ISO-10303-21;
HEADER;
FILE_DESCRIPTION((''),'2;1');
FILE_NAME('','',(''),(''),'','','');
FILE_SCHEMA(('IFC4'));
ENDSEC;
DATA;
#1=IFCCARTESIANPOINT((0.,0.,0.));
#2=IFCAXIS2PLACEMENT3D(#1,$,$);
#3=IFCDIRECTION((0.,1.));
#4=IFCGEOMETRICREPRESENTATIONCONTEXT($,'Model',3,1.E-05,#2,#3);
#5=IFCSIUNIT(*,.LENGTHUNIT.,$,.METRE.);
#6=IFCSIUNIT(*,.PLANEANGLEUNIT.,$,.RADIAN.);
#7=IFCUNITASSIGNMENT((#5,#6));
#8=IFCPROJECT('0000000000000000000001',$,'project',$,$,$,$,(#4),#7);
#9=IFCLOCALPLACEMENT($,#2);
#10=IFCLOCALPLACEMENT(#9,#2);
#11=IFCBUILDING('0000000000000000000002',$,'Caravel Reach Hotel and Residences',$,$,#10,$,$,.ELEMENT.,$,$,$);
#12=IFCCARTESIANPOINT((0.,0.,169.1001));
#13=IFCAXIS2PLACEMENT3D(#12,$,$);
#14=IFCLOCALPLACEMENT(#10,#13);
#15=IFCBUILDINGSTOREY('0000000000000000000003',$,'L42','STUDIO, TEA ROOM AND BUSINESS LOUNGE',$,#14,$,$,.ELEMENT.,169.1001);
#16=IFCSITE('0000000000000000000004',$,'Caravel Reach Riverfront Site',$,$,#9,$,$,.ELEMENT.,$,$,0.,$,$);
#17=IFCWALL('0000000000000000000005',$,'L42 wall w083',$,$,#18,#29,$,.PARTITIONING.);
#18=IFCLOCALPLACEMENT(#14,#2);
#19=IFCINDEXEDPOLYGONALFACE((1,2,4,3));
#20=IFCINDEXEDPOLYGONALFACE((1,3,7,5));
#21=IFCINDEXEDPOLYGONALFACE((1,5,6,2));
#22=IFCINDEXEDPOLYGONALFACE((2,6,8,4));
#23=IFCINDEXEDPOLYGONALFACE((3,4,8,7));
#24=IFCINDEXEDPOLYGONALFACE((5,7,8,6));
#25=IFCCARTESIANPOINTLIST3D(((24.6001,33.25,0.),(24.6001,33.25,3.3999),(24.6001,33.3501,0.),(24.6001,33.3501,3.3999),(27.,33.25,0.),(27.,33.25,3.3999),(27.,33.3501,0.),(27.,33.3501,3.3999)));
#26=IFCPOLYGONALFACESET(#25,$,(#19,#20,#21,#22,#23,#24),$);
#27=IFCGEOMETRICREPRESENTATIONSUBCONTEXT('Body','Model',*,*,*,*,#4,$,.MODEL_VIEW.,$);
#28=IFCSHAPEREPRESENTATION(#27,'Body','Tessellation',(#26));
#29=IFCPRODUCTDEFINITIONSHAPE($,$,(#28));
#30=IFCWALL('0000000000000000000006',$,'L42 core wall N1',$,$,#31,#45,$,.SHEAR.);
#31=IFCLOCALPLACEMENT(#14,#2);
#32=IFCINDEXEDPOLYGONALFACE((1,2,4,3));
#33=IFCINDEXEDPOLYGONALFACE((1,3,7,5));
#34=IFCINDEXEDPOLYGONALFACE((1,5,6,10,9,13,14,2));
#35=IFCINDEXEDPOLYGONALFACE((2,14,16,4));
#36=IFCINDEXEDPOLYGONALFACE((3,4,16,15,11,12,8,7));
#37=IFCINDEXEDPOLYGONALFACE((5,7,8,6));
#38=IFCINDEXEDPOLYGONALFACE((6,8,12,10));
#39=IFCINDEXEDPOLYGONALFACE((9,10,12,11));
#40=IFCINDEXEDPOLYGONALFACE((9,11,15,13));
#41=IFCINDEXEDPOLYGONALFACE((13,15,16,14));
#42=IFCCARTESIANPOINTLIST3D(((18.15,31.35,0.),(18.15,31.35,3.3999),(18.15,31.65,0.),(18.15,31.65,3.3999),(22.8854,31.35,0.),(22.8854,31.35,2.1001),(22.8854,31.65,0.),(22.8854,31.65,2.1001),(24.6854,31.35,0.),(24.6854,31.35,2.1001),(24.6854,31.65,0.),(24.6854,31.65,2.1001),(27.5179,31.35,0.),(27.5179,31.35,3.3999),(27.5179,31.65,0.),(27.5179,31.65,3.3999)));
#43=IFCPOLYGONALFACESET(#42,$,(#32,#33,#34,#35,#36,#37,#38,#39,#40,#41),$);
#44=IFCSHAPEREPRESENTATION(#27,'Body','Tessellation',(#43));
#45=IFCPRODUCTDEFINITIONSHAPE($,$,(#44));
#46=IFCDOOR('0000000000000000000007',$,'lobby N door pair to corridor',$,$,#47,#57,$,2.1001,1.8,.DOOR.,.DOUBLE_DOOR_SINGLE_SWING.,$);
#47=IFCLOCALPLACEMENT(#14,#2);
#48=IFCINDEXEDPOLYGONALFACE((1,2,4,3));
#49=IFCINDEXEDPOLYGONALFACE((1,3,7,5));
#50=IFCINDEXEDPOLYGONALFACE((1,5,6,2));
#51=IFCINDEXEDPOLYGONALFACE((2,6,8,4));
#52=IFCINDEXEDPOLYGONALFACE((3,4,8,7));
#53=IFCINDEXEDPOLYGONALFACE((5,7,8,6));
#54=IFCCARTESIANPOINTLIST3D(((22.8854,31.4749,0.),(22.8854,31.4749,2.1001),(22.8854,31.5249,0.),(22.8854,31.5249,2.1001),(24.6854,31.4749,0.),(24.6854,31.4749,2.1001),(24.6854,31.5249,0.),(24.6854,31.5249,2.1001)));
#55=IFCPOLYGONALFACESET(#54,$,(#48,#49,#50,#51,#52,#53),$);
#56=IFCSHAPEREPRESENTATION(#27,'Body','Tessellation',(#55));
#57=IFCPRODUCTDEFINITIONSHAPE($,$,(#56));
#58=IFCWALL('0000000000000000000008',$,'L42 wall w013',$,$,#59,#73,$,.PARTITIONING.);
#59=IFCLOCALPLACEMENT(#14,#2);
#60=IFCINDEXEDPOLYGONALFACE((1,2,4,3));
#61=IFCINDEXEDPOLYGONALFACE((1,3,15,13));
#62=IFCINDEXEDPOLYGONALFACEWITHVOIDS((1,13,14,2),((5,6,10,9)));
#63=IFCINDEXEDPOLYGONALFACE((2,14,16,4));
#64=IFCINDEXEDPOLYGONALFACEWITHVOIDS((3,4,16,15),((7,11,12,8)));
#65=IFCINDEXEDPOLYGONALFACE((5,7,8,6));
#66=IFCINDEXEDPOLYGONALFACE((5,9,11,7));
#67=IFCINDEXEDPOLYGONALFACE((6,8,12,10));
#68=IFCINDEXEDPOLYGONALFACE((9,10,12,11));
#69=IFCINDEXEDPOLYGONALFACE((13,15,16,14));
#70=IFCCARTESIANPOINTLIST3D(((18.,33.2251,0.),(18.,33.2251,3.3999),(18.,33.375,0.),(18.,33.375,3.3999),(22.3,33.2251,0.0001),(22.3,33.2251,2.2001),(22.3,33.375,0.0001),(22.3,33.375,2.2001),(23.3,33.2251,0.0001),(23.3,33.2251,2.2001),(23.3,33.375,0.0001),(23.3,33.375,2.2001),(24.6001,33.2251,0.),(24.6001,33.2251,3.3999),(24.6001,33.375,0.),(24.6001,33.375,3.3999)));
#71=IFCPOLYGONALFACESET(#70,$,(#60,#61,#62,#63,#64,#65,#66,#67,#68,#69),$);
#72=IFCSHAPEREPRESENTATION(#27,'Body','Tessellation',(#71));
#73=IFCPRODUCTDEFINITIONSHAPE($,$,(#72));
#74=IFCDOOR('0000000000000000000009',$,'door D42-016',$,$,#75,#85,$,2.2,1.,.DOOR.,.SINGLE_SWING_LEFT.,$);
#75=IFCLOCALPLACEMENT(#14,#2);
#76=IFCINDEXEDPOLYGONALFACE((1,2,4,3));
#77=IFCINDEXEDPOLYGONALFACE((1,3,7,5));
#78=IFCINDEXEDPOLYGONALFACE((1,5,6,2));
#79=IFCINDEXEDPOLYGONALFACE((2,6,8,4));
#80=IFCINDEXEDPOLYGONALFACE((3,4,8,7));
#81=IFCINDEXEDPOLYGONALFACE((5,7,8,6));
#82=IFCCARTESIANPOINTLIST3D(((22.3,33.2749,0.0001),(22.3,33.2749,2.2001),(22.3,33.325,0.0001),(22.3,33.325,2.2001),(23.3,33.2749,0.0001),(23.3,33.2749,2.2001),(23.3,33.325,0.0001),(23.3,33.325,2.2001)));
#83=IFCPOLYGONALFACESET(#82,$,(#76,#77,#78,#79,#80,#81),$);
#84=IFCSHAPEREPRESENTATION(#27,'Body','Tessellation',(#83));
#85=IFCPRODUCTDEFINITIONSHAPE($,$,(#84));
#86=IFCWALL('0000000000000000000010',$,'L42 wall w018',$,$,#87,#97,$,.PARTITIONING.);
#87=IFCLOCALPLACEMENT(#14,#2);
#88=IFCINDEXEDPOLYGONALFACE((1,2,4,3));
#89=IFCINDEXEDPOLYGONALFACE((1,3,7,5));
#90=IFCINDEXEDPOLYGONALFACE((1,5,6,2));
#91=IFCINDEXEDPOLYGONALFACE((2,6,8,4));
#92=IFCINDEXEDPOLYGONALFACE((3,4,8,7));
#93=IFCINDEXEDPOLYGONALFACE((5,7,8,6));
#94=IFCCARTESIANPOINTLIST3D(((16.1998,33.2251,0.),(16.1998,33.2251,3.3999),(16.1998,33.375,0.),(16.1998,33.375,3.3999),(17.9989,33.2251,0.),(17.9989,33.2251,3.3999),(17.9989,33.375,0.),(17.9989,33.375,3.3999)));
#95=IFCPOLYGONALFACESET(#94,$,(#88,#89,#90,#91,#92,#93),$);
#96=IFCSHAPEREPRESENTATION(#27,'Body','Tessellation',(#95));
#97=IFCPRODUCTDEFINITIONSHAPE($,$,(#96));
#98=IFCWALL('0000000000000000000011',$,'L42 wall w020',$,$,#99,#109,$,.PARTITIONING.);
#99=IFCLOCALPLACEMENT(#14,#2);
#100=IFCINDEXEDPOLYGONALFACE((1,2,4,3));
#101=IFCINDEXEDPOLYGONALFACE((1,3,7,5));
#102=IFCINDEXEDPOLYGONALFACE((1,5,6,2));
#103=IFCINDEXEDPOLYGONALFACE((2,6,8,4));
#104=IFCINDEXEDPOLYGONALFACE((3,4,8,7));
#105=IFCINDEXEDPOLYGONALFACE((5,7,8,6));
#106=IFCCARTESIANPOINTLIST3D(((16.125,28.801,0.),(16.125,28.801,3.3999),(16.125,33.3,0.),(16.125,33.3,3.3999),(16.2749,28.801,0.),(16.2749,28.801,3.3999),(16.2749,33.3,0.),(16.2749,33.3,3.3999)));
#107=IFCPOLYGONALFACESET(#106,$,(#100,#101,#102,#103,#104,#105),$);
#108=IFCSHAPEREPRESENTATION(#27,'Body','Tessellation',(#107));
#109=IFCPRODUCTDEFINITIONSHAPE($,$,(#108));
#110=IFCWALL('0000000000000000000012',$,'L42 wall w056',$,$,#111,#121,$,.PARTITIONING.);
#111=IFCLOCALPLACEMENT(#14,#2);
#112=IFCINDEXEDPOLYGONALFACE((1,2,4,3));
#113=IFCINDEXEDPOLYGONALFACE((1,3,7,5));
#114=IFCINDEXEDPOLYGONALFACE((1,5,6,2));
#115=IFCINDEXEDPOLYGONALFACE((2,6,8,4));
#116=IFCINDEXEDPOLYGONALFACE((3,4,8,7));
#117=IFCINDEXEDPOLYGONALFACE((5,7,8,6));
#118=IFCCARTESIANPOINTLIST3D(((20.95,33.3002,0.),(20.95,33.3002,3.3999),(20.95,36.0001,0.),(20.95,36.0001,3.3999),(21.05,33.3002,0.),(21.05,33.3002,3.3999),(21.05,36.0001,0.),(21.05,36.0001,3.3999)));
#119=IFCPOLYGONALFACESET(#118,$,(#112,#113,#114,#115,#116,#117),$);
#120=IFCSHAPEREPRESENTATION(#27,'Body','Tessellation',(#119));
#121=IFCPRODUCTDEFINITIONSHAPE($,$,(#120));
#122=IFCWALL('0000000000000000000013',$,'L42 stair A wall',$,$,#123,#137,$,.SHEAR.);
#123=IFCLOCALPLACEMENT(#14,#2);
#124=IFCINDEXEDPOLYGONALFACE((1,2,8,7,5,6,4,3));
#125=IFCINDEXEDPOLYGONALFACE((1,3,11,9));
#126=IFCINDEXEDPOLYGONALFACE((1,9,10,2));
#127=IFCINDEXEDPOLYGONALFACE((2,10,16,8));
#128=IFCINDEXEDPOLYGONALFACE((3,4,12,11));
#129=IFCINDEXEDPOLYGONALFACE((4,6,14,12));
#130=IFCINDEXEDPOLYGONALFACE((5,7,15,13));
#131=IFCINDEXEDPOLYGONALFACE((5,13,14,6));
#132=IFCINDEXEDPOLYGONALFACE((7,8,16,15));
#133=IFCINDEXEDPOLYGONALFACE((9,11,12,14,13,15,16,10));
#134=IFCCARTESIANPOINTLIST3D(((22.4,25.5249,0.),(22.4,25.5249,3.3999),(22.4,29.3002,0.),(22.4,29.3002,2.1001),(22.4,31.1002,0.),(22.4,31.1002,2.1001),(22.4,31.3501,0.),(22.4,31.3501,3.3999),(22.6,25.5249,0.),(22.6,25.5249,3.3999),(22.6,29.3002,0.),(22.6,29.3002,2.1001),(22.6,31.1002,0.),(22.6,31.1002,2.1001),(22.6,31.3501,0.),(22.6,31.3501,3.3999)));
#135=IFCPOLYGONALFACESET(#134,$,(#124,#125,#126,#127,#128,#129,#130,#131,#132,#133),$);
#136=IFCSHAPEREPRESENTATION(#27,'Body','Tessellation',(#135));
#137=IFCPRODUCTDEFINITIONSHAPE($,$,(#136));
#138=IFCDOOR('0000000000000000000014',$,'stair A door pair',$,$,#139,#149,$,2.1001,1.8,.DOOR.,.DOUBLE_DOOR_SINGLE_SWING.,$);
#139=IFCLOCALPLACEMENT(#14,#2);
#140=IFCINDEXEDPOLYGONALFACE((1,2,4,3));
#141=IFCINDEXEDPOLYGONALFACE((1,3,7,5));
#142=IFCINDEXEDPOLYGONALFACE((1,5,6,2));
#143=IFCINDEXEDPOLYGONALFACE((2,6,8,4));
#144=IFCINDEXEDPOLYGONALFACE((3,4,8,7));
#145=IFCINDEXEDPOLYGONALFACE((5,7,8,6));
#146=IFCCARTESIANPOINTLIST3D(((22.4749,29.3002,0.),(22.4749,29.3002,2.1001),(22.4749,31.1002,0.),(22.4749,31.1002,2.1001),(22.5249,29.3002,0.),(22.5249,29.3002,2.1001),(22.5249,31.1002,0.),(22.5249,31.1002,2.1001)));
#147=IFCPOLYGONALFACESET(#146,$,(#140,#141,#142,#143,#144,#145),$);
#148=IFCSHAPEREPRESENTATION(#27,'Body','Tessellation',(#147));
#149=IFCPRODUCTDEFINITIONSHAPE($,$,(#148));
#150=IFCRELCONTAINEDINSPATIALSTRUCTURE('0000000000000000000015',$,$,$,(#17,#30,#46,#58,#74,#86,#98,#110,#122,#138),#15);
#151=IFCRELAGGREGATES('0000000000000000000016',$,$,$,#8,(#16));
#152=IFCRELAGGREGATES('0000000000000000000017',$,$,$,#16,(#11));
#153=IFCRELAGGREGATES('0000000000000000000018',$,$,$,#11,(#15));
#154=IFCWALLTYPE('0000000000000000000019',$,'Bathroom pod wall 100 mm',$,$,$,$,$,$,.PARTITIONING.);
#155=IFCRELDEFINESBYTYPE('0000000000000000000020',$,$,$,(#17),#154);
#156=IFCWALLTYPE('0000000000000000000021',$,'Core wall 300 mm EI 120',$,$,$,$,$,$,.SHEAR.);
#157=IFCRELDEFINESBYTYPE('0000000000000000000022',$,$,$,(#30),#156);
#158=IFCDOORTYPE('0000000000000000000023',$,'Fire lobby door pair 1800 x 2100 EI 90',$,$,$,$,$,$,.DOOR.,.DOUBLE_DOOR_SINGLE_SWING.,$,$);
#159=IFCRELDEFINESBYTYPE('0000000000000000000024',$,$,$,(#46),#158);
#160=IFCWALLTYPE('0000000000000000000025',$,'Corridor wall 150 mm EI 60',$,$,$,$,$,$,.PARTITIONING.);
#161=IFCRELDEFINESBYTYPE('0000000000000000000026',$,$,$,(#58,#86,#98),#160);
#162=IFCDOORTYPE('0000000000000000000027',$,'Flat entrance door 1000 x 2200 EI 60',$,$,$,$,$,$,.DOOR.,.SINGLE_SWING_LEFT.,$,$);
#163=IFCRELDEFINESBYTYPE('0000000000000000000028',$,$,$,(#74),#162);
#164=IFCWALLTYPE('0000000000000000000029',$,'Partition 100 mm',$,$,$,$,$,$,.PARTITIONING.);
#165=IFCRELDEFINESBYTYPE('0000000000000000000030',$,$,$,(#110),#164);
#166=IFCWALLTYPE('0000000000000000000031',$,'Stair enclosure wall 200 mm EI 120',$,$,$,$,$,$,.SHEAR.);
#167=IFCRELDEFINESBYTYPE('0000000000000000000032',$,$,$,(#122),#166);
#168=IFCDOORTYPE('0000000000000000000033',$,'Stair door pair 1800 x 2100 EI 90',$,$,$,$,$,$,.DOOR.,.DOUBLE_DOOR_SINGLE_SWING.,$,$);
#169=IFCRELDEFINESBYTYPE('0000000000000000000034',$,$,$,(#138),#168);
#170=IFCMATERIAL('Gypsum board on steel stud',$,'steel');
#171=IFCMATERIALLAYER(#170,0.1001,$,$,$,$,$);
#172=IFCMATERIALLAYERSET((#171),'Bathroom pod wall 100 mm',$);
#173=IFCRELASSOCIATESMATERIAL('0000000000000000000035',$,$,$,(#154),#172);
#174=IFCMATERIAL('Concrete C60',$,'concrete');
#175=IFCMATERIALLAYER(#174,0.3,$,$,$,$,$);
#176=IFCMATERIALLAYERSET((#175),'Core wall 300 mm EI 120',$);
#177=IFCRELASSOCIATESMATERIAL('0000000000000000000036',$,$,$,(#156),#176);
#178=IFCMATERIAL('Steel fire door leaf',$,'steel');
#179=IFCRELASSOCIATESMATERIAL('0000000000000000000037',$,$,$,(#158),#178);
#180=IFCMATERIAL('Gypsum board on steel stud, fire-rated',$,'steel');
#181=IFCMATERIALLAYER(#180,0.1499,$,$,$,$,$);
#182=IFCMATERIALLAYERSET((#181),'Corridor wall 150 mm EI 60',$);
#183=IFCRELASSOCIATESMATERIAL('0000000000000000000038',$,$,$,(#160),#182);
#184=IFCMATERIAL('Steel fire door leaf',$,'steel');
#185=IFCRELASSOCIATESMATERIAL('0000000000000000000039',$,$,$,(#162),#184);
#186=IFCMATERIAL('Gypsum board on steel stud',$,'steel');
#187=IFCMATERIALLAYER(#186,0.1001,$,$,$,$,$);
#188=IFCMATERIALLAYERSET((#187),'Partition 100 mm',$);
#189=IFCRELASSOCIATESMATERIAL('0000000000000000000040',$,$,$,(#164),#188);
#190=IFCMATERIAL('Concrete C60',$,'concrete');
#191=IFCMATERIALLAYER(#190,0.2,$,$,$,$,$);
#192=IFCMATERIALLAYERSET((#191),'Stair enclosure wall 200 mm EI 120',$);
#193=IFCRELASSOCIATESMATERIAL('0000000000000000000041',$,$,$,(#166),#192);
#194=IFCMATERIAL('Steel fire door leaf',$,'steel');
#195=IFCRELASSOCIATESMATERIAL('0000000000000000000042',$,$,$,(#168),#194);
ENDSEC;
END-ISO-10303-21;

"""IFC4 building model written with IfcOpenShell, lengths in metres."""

from ifc_helpers import new_model, si_unit, direction, frame, frame_2d, origin, place, context, subcontext, project, spatial, rectangle, extrude, material, layer, layer_set, type_object, element, fill, save


model = new_model("IFC4")

# Units and contexts
model_context = context("Model", 3, precision=1e-05, world=origin(), true_north=direction((0.0, 1.0)))
body_context = subcontext(model_context, "Body", "Model", "MODEL_VIEW")
ifc_project = project(units=[si_unit("LENGTHUNIT", "METRE"), si_unit("PLANEANGLEUNIT", "RADIAN")], contexts=[model_context])

# Site, building, storey
site_placement = place(None, origin())
site = spatial("IfcSite", under=ifc_project, at=site_placement, Name="Caravel Reach Riverfront Site", CompositionType="ELEMENT", RefElevation=0.0)
building_placement = place(site_placement, origin())
building = spatial("IfcBuilding", under=site, at=building_placement, Name="Caravel Reach Hotel and Residences", CompositionType="ELEMENT")
storey_placement = place(building_placement, frame((0.0, 0.0, 169.1001)))
storey = spatial("IfcBuildingStorey", under=building, at=storey_placement, Name="L42", Description="STUDIO, TEA ROOM AND BUSINESS LOUNGE", CompositionType="ELEMENT", Elevation=169.1001)

# Wall
ifc_material_1 = material(Name="Gypsum board on steel stud", Category="steel")
ifc_layer_1 = layer(ifc_material_1, 0.1001)
ifc_layer_set_1 = layer_set([ifc_layer_1], Name="Bathroom pod wall 100 mm")
wall_type_1 = type_object("IfcWallType", Name="Bathroom pod wall 100 mm", PredefinedType="PARTITIONING", material=ifc_layer_set_1)
wall_1_placement = place(storey_placement, frame((24.6001, 33.3, 0.0), z_axis=(0.0, 0.0, 1.0), x_axis=(1.0, 0.0, 0.0)))
element("IfcWall", 1, at=wall_1_placement, inside=storey, type_object=wall_type_1, Name="L42 wall w083", PredefinedType="PARTITIONING", context=body_context, shape_type="SweptSolid", body=[
    extrude(rectangle(XDim=2.3999, YDim=0.1001, at=frame_2d((1.2, 0.0))), origin(), (0.0, 0.0, 1.0), 3.3999),
])

# Walls, openings, doors
ifc_material_2 = material(Name="Concrete C60", Category="concrete")
ifc_layer_2 = layer(ifc_material_2, 0.3)
ifc_layer_set_2 = layer_set([ifc_layer_2], Name="Core wall 300 mm EI 120")
wall_type_2 = type_object("IfcWallType", Name="Core wall 300 mm EI 120", PredefinedType="SHEAR", material=ifc_layer_set_2)
wall_2_placement = place(storey_placement, frame((18.1499, 31.5, 0.0), z_axis=(0.0, 0.0, 1.0), x_axis=(1.0, 0.0, 0.0)))
wall_2 = element("IfcWall", 2, at=wall_2_placement, inside=storey, type_object=wall_type_2, Name="L42 core wall N1", PredefinedType="SHEAR", context=body_context, shape_type="SweptSolid", body=[
    extrude(rectangle(XDim=9.3679, YDim=0.3, at=frame_2d((4.6841, 0.0))), origin(), (0.0, 0.0, 1.0), 3.3999),
])
opening_1_placement = place(wall_2_placement, frame((4.7356, 0.0, 0.0)))
opening_1 = element("IfcOpeningElement", 3, at=opening_1_placement, cuts=wall_2, PredefinedType="OPENING", context=body_context, shape_type="SweptSolid", body=[
    extrude(rectangle(XDim=1.8, YDim=2.1001, at=frame_2d((0.8999, 1.05))), frame((0.0, 0.1599, 0.0), z_axis=(0.0, -1.0, 0.0), x_axis=(1.0, 0.0, 0.0)), (0.0, 0.0, 1.0), 0.3201),
])
ifc_material_3 = material(Name="Steel fire door leaf", Category="steel")
door_type_1 = type_object("IfcDoorType", Name="Fire lobby door pair 1800 x 2100 EI 90", OperationType="DOUBLE_DOOR_SINGLE_SWING", PredefinedType="DOOR", material=ifc_material_3)
door_1_placement = place(opening_1_placement, origin())
door_1 = element("IfcDoor", 4, at=door_1_placement, inside=storey, type_object=door_type_1, Name="lobby N door pair to corridor", OperationType="DOUBLE_DOOR_SINGLE_SWING", OverallHeight=2.1001, OverallWidth=1.8, PredefinedType="DOOR", context=body_context, shape_type="SweptSolid", body=[
    extrude(rectangle(XDim=1.8, YDim=2.1001, at=frame_2d((0.8999, 1.05))), frame((0.0, 0.0249, 0.0), z_axis=(0.0, -1.0, 0.0), x_axis=(1.0, 0.0, 0.0)), (0.0, 0.0, 1.0), 0.05),
])
fill(opening_1, door_1)
ifc_material_4 = material(Name="Gypsum board on steel stud, fire-rated", Category="steel")
ifc_layer_3 = layer(ifc_material_4, 0.1499)
ifc_layer_set_3 = layer_set([ifc_layer_3], Name="Corridor wall 150 mm EI 60")
wall_type_3 = type_object("IfcWallType", Name="Corridor wall 150 mm EI 60", PredefinedType="PARTITIONING", material=ifc_layer_set_3)
wall_3_placement = place(storey_placement, frame((18.0, 33.3, 0.0), z_axis=(0.0, 0.0, 1.0), x_axis=(1.0, 0.0, 0.0)))
wall_3 = element("IfcWall", 5, at=wall_3_placement, inside=storey, type_object=wall_type_3, Name="L42 wall w013", PredefinedType="PARTITIONING", context=body_context, shape_type="SweptSolid", body=[
    extrude(rectangle(XDim=6.6001, YDim=0.1499, at=frame_2d((3.3, 0.0))), origin(), (0.0, 0.0, 1.0), 3.3999),
])
opening_2_placement = place(wall_3_placement, frame((4.3, 0.0, 0.0)))
opening_2 = element("IfcOpeningElement", 6, at=opening_2_placement, cuts=wall_3, PredefinedType="OPENING", context=body_context, shape_type="SweptSolid", body=[
    extrude(rectangle(XDim=1.0, YDim=2.2, at=frame_2d((0.5, 1.1001))), frame((0.0, 0.085, 0.0), z_axis=(0.0, -1.0, 0.0), x_axis=(1.0, 0.0, 0.0)), (0.0, 0.0, 1.0), 0.1699),
])
ifc_material_5 = material(Name="Steel fire door leaf", Category="steel")
door_type_2 = type_object("IfcDoorType", Name="Flat entrance door 1000 x 2200 EI 60", OperationType="SINGLE_SWING_LEFT", PredefinedType="DOOR", material=ifc_material_5)
door_2_placement = place(opening_2_placement, origin())
door_2 = element("IfcDoor", 7, at=door_2_placement, inside=storey, type_object=door_type_2, Name="door D42-016", OperationType="SINGLE_SWING_LEFT", OverallHeight=2.2, OverallWidth=1.0, PredefinedType="DOOR", context=body_context, shape_type="SweptSolid", body=[
    extrude(rectangle(XDim=1.0, YDim=2.2, at=frame_2d((0.5, 1.1001))), frame((0.0, 0.0249, 0.0), z_axis=(0.0, -1.0, 0.0), x_axis=(1.0, 0.0, 0.0)), (0.0, 0.0, 1.0), 0.05),
])
fill(opening_2, door_2)

# Walls
wall_4_placement = place(storey_placement, frame((16.2, 33.3, 0.0), z_axis=(0.0, 0.0, 1.0), x_axis=(1.0, 0.0, 0.0)))
element("IfcWall", 8, at=wall_4_placement, inside=storey, type_object=wall_type_3, Name="L42 wall w018", PredefinedType="PARTITIONING", context=body_context, shape_type="SweptSolid", body=[
    extrude(rectangle(XDim=1.7991, YDim=0.1499, at=frame_2d((0.8994, 0.0))), origin(), (0.0, 0.0, 1.0), 3.3999),
])
wall_5_placement = place(storey_placement, frame((16.2, 28.801, 0.0), z_axis=(0.0, 0.0, 1.0), x_axis=(0.0, 1.0, 0.0)))
element("IfcWall", 9, at=wall_5_placement, inside=storey, type_object=wall_type_3, Name="L42 wall w020", PredefinedType="PARTITIONING", context=body_context, shape_type="SweptSolid", body=[
    extrude(rectangle(XDim=4.499, YDim=0.1499, at=frame_2d((2.2495, 0.0))), origin(), (0.0, 0.0, 1.0), 3.3999),
])
ifc_material_6 = material(Name="Gypsum board on steel stud", Category="steel")
ifc_layer_4 = layer(ifc_material_6, 0.1001)
ifc_layer_set_4 = layer_set([ifc_layer_4], Name="Partition 100 mm")
wall_type_4 = type_object("IfcWallType", Name="Partition 100 mm", PredefinedType="PARTITIONING", material=ifc_layer_set_4)
wall_6_placement = place(storey_placement, frame((21.0, 33.3, 0.0), z_axis=(0.0, 0.0, 1.0), x_axis=(0.0, 1.0, 0.0)))
element("IfcWall", 10, at=wall_6_placement, inside=storey, type_object=wall_type_4, Name="L42 wall w056", PredefinedType="PARTITIONING", context=body_context, shape_type="SweptSolid", body=[
    extrude(rectangle(XDim=2.7, YDim=0.1001, at=frame_2d((1.3501, 0.0))), origin(), (0.0, 0.0, 1.0), 3.3999),
])

# Wall, opening, door
ifc_material_7 = material(Name="Concrete C60", Category="concrete")
ifc_layer_5 = layer(ifc_material_7, 0.2)
ifc_layer_set_5 = layer_set([ifc_layer_5], Name="Stair enclosure wall 200 mm EI 120")
wall_type_5 = type_object("IfcWallType", Name="Stair enclosure wall 200 mm EI 120", PredefinedType="SHEAR", material=ifc_layer_set_5)
wall_7_placement = place(storey_placement, frame((22.5, 31.3501, 0.0), z_axis=(0.0, 0.0, 1.0), x_axis=(0.0, -1.0, 0.0)))
wall_7 = element("IfcWall", 11, at=wall_7_placement, inside=storey, type_object=wall_type_5, Name="L42 stair A wall", PredefinedType="SHEAR", context=body_context, shape_type="SweptSolid", body=[
    extrude(rectangle(XDim=5.8252, YDim=0.2, at=frame_2d((2.9126, 0.0))), origin(), (0.0, 0.0, 1.0), 3.3999),
])
opening_3_placement = place(wall_7_placement, frame((0.25, 0.0, 0.0)))
opening_3 = element("IfcOpeningElement", 12, at=opening_3_placement, cuts=wall_7, PredefinedType="OPENING", context=body_context, shape_type="SweptSolid", body=[
    extrude(rectangle(XDim=1.8, YDim=2.1001, at=frame_2d((0.8999, 1.05))), frame((0.0, 0.1099, 0.0), z_axis=(0.0, -1.0, 0.0), x_axis=(1.0, 0.0, 0.0)), (0.0, 0.0, 1.0), 0.22),
])
ifc_material_8 = material(Name="Steel fire door leaf", Category="steel")
door_type_3 = type_object("IfcDoorType", Name="Stair door pair 1800 x 2100 EI 90", OperationType="DOUBLE_DOOR_SINGLE_SWING", PredefinedType="DOOR", material=ifc_material_8)
door_3_placement = place(opening_3_placement, origin())
door_3 = element("IfcDoor", 13, at=door_3_placement, inside=storey, type_object=door_type_3, Name="stair A door pair", OperationType="DOUBLE_DOOR_SINGLE_SWING", OverallHeight=2.1001, OverallWidth=1.8, PredefinedType="DOOR", context=body_context, shape_type="SweptSolid", body=[
    extrude(rectangle(XDim=1.8, YDim=2.1001, at=frame_2d((0.8999, 1.05))), frame((0.0, 0.0249, 0.0), z_axis=(0.0, -1.0, 0.0), x_axis=(1.0, 0.0, 0.0)), (0.0, 0.0, 1.0), 0.05),
])
fill(opening_3, door_3)

save(model, "model.ifc")
